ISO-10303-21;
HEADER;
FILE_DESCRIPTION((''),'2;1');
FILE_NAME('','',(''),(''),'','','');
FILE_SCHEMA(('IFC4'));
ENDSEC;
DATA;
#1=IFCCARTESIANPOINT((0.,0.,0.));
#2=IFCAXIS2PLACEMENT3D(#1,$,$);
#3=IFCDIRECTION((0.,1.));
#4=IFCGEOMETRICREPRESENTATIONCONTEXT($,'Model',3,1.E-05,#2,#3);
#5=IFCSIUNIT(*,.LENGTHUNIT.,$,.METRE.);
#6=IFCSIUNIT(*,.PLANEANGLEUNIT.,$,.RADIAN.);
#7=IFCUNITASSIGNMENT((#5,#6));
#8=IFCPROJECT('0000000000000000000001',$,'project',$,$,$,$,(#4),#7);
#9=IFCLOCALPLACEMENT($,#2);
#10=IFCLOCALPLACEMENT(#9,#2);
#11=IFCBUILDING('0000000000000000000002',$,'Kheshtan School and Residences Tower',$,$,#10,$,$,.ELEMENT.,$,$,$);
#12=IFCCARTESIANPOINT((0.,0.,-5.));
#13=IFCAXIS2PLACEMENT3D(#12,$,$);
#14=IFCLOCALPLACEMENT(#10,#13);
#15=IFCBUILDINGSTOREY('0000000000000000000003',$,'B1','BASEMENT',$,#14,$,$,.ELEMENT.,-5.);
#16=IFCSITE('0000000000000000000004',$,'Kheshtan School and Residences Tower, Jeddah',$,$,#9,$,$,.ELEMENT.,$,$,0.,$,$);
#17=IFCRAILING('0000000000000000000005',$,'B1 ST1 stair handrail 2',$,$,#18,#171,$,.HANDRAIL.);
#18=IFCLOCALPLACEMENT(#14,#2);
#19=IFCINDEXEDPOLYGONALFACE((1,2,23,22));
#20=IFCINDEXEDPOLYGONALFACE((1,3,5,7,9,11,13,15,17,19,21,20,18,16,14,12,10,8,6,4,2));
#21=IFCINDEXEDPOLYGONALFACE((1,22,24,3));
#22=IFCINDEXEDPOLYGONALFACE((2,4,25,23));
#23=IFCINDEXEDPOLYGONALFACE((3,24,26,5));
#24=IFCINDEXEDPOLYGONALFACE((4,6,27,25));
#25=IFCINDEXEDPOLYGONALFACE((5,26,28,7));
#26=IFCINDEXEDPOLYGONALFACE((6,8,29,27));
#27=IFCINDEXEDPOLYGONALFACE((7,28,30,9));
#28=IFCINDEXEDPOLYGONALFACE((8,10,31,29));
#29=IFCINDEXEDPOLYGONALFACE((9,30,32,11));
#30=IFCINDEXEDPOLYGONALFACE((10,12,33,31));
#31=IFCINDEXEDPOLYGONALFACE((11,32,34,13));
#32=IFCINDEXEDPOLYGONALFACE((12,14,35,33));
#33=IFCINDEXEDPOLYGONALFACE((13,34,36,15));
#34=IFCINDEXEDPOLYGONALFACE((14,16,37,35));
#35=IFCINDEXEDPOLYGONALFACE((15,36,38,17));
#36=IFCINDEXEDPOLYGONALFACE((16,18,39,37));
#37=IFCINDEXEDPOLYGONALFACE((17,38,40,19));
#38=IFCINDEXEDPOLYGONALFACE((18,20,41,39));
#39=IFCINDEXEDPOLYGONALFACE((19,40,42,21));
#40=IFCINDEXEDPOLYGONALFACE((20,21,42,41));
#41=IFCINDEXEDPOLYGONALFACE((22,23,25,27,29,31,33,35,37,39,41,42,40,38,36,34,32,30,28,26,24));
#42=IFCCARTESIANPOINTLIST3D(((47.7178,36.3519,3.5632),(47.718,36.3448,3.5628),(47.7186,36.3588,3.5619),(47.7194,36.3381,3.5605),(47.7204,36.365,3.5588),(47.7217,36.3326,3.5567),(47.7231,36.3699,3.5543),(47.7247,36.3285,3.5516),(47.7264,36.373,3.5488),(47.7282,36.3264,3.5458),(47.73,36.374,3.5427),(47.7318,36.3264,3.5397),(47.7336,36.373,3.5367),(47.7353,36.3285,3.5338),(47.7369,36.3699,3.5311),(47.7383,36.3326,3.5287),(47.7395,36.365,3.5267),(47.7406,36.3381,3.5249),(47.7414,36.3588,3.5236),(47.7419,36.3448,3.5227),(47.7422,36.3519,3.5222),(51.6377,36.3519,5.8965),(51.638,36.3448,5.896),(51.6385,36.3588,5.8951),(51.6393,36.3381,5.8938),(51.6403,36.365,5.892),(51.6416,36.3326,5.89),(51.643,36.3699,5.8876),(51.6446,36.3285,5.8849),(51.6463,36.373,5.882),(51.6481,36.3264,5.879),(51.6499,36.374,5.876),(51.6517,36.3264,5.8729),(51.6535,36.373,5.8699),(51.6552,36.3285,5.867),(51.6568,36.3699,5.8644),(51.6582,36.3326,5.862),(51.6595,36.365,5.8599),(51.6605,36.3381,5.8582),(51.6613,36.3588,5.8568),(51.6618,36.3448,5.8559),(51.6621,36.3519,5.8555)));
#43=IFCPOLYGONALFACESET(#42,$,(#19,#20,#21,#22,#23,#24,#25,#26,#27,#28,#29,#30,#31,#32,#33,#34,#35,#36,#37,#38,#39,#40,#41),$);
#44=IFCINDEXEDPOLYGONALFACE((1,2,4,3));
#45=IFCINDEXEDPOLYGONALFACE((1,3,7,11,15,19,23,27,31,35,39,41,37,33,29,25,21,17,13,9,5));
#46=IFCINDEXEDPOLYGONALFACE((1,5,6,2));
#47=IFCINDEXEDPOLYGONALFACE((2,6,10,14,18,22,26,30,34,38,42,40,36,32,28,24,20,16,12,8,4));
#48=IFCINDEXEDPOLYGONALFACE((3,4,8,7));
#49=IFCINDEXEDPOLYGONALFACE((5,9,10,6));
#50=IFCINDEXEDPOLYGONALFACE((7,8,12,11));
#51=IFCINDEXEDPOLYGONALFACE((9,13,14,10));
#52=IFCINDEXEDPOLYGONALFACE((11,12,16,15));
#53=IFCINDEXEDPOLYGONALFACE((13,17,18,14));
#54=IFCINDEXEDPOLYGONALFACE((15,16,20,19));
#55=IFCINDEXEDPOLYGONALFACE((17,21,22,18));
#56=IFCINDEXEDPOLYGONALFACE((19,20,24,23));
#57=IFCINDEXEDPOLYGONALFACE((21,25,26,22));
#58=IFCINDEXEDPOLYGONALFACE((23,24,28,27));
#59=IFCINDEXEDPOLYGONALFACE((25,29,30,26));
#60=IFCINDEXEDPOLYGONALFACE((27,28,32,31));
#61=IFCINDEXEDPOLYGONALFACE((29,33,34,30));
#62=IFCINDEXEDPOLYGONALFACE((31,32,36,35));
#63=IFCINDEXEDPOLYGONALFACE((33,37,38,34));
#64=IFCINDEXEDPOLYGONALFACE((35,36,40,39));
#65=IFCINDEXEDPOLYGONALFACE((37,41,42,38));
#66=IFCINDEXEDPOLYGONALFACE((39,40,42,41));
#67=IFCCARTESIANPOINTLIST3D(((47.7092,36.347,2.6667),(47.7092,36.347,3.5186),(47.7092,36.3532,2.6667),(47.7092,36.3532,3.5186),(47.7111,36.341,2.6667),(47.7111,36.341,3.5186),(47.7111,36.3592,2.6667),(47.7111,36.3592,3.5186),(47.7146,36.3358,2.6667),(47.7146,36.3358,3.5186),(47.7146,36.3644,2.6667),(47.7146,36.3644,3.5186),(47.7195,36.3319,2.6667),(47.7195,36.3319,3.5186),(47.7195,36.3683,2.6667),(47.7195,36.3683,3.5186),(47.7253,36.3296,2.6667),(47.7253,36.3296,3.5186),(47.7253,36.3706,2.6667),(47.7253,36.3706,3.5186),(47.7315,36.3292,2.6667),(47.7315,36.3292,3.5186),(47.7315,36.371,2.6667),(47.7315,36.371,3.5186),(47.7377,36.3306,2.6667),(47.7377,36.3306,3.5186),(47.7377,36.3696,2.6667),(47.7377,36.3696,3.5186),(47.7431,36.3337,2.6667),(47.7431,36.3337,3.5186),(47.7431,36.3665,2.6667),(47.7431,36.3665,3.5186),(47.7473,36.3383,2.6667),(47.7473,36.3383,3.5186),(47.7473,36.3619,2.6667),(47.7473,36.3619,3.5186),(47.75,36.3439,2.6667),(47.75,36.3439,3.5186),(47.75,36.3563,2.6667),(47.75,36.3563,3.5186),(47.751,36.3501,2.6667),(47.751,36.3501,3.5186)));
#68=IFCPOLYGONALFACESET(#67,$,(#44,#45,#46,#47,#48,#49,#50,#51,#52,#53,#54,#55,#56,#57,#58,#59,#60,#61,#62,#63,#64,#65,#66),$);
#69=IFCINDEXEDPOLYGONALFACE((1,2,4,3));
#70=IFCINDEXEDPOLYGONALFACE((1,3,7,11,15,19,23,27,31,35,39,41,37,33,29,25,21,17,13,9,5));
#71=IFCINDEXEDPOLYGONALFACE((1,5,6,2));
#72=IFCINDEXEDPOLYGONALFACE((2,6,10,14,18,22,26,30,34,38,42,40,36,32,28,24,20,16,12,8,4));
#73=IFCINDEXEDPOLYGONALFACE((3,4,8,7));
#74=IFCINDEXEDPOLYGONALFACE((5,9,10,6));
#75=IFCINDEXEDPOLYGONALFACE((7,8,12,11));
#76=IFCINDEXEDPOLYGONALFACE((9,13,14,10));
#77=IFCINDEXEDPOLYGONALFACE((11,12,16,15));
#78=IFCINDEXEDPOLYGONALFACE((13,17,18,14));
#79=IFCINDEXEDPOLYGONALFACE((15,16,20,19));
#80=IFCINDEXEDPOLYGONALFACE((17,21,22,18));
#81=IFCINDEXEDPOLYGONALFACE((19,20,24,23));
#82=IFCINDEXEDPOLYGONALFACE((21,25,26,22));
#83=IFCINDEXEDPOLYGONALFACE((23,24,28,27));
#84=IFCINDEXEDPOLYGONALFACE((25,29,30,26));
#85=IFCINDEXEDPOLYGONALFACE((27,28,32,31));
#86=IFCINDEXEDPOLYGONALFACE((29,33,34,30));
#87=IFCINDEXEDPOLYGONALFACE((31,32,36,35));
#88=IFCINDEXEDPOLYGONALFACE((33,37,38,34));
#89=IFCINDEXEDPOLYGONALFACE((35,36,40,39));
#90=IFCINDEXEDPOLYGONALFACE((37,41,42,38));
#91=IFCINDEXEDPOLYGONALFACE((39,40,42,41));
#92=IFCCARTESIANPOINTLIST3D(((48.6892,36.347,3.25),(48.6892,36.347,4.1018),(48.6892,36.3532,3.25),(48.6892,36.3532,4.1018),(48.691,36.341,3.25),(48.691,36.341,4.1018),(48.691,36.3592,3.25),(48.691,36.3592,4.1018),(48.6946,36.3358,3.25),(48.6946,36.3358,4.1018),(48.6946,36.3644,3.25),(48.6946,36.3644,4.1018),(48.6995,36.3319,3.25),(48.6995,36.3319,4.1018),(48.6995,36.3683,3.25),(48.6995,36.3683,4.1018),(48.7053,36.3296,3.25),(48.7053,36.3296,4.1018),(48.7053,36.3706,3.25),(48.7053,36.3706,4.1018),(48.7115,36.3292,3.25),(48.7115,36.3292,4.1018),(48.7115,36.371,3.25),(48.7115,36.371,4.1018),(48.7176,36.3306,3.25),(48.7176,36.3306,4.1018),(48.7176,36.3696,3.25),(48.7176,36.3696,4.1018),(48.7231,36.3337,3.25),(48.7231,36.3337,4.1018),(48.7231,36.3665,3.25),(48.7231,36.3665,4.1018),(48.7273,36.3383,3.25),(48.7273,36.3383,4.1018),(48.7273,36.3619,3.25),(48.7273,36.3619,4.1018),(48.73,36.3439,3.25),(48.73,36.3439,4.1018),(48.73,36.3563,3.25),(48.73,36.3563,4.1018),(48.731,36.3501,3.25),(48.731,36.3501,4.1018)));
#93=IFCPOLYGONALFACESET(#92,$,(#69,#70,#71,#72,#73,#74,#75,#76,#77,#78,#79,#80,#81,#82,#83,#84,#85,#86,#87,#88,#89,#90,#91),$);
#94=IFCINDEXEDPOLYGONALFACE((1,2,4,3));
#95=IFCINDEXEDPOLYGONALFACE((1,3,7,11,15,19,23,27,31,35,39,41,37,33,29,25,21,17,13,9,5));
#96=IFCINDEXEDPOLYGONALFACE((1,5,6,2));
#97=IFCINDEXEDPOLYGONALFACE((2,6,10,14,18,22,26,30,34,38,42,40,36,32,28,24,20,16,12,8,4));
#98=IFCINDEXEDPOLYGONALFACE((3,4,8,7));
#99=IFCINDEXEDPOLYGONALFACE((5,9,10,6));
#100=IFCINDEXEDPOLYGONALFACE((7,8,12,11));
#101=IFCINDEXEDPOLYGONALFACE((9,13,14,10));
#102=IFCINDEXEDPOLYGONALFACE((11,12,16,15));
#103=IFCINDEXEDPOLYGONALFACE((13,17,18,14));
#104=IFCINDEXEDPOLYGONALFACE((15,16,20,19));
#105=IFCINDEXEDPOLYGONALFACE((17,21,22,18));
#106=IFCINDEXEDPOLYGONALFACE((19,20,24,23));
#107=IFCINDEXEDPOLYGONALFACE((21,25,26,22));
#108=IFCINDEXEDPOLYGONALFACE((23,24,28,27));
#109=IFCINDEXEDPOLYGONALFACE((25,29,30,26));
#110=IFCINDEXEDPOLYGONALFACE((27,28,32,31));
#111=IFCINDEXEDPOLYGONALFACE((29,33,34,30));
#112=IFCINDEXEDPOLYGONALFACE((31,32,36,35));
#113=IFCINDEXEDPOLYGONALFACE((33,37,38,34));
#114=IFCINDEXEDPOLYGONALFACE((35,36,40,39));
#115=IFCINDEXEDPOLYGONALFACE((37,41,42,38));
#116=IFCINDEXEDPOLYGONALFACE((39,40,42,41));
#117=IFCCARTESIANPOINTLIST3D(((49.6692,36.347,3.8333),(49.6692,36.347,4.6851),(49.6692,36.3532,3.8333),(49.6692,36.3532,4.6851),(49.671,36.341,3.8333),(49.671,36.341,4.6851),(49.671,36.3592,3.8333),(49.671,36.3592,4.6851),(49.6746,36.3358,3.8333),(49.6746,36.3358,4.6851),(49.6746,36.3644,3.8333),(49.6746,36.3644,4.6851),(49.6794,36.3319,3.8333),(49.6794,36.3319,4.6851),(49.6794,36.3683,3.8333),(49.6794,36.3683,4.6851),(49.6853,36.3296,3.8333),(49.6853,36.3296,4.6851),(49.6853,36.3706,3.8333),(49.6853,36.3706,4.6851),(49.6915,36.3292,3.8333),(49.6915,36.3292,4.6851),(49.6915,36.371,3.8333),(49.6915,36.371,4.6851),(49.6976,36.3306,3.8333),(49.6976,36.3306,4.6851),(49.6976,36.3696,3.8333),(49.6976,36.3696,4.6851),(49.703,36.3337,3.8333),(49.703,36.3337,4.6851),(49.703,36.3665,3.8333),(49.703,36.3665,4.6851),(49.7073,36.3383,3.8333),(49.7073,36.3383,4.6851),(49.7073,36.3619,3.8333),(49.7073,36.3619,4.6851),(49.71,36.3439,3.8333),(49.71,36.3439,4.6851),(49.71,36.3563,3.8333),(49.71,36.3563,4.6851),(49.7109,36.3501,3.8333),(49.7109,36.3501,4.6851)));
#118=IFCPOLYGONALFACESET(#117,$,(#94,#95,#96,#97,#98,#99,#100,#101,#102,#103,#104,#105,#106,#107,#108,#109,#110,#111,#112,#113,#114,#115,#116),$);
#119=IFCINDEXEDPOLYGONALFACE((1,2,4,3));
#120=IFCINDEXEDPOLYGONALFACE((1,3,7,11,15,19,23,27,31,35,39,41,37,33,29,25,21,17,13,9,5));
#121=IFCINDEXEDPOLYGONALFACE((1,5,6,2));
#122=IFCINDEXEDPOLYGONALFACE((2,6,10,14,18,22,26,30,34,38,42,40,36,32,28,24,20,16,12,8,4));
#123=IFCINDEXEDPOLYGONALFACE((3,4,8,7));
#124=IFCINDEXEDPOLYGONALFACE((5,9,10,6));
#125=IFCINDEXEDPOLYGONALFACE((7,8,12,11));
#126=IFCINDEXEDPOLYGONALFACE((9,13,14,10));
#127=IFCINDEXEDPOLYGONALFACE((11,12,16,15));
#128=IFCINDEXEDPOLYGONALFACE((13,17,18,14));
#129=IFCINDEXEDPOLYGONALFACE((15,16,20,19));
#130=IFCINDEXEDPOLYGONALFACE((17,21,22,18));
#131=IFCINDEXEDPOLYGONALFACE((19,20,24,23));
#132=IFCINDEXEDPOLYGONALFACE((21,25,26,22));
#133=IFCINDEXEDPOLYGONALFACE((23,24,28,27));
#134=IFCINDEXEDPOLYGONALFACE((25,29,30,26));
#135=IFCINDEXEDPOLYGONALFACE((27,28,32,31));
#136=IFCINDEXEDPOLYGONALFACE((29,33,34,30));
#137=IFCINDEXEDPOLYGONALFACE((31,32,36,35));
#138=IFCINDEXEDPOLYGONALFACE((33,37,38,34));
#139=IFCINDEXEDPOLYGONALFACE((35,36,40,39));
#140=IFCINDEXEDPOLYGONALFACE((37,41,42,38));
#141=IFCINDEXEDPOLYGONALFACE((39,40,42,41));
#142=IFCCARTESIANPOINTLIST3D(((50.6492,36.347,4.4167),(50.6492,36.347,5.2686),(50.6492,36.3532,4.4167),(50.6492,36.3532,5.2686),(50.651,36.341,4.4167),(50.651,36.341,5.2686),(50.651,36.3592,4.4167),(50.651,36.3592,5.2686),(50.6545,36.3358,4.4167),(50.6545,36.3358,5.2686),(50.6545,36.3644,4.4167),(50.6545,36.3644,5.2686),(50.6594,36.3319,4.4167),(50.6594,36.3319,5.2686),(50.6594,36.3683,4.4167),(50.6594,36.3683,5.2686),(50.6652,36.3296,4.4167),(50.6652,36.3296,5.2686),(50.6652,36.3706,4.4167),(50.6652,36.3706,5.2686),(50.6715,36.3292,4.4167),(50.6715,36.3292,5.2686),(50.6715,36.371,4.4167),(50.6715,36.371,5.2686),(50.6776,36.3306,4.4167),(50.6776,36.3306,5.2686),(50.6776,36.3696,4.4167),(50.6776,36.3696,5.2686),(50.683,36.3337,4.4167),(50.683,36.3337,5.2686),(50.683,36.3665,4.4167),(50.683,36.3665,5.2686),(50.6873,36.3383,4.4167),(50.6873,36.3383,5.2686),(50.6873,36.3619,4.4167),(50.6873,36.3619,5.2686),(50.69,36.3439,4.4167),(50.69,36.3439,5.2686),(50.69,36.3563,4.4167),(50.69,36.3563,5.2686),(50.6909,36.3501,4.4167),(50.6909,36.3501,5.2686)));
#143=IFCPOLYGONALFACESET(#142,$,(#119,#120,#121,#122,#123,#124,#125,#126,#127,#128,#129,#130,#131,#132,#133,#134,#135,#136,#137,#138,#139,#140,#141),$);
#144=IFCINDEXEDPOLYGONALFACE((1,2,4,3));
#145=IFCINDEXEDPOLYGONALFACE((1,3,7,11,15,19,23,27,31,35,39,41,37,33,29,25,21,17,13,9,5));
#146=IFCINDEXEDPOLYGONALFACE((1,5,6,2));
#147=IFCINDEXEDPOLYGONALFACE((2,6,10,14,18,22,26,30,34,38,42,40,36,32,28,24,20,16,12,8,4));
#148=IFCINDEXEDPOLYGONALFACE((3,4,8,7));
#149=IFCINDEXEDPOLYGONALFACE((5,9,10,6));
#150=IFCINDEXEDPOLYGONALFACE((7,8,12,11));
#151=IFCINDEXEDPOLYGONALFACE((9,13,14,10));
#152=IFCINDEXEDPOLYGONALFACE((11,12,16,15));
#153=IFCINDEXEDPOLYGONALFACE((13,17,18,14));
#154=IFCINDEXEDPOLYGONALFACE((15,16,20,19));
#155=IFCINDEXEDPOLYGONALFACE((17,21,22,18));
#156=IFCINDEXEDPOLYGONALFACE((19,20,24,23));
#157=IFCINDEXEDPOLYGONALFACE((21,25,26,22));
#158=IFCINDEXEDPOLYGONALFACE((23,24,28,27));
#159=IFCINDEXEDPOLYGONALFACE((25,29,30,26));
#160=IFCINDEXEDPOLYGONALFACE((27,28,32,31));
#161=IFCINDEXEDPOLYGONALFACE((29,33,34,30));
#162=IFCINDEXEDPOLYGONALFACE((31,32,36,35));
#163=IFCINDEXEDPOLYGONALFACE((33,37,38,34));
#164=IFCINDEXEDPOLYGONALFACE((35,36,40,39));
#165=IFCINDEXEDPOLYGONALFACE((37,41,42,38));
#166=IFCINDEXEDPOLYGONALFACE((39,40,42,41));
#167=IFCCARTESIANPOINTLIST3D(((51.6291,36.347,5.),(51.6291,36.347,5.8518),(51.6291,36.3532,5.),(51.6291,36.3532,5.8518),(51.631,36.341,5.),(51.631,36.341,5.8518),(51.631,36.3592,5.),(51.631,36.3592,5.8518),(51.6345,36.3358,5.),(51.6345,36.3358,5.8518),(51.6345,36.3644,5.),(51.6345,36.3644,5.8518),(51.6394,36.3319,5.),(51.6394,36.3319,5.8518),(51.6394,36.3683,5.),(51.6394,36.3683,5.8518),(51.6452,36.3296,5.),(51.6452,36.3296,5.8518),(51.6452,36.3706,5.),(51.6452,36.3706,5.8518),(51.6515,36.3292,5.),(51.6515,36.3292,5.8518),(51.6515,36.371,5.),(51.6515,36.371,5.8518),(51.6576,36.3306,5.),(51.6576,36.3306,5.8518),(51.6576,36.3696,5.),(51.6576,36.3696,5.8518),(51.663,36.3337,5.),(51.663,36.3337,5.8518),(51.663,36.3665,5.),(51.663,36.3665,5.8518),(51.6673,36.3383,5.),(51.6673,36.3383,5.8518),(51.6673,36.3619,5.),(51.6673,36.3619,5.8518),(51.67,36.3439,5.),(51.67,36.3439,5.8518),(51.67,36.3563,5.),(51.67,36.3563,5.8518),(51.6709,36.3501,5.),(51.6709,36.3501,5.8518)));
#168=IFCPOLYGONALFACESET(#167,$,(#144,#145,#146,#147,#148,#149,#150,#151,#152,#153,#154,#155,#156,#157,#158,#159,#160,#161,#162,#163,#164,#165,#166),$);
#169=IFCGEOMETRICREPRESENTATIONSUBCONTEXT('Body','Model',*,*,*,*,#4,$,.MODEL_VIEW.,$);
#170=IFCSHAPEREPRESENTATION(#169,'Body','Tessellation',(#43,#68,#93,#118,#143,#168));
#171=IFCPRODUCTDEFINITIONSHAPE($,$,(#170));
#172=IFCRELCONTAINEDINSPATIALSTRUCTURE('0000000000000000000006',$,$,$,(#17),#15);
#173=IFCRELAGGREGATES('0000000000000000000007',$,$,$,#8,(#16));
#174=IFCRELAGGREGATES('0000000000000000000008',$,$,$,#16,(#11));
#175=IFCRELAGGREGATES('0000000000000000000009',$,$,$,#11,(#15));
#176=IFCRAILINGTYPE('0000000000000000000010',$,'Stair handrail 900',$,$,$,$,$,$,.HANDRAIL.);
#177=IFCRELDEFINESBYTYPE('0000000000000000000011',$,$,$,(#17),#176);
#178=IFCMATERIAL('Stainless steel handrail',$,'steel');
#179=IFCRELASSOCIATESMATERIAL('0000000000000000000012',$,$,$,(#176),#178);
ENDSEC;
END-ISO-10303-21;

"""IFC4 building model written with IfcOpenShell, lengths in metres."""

from ifc_helpers import new_model, si_unit, direction, frame, origin, origin_2d, place, context, subcontext, project, spatial, circle, extrude, material, type_object, element, save


model = new_model("IFC4")

# Units and contexts
model_context = context("Model", 3, precision=1e-05, world=origin(), true_north=direction((0.0, 1.0)))
body_context = subcontext(model_context, "Body", "Model", "MODEL_VIEW")
ifc_project = project(units=[si_unit("LENGTHUNIT", "METRE"), si_unit("PLANEANGLEUNIT", "RADIAN")], contexts=[model_context])

# Site, building, storey
site_placement = place(None, origin())
site = spatial("IfcSite", under=ifc_project, at=site_placement, Name="Kheshtan School and Residences Tower, Jeddah", CompositionType="ELEMENT", RefElevation=0.0)
building_placement = place(site_placement, origin())
building = spatial("IfcBuilding", under=site, at=building_placement, Name="Kheshtan School and Residences Tower", CompositionType="ELEMENT")
storey_placement = place(building_placement, frame((0.0, 0.0, -5.0)))
storey = spatial("IfcBuildingStorey", under=building, at=storey_placement, Name="B1", Description="BASEMENT", CompositionType="ELEMENT", Elevation=-5.0)

# Railing
ifc_material_1 = material(Name="Stainless steel handrail", Category="steel")
railing_type_1 = type_object("IfcRailingType", Name="Stair handrail 900", PredefinedType="HANDRAIL", material=ifc_material_1)
railing_1_placement = place(storey_placement, frame((47.73, 36.3501, 2.6667)))
element("IfcRailing", 1, at=railing_1_placement, inside=storey, type_object=railing_type_1, Name="B1 ST1 stair handrail 2", PredefinedType="HANDRAIL", context=body_context, shape_type="SweptSolid", body=[
    extrude(circle(Radius=0.0239, at=origin_2d()), frame((0.0, 0.0, 0.876), z_axis=(0.859296, 0.0, 0.511478), x_axis=(0.0, 1.0, 0.0)), (0.0, 0.0, 1.0), 4.5618),
    extrude(circle(Radius=0.021, at=origin_2d()), origin(), (0.0, 0.0, 1.0), 0.8518),
    extrude(circle(Radius=0.021, at=origin_2d()), frame((0.98, 0.0, 0.5833)), (0.0, 0.0, 1.0), 0.8518),
    extrude(circle(Radius=0.021, at=origin_2d()), frame((1.96, 0.0, 1.1665)), (0.0, 0.0, 1.0), 0.8518),
    extrude(circle(Radius=0.021, at=origin_2d()), frame((2.9399, 0.0, 1.75)), (0.0, 0.0, 1.0), 0.8518),
    extrude(circle(Radius=0.021, at=origin_2d()), frame((3.9199, 0.0, 2.3333)), (0.0, 0.0, 1.0), 0.8518),
])

save(model, "model.ifc")
